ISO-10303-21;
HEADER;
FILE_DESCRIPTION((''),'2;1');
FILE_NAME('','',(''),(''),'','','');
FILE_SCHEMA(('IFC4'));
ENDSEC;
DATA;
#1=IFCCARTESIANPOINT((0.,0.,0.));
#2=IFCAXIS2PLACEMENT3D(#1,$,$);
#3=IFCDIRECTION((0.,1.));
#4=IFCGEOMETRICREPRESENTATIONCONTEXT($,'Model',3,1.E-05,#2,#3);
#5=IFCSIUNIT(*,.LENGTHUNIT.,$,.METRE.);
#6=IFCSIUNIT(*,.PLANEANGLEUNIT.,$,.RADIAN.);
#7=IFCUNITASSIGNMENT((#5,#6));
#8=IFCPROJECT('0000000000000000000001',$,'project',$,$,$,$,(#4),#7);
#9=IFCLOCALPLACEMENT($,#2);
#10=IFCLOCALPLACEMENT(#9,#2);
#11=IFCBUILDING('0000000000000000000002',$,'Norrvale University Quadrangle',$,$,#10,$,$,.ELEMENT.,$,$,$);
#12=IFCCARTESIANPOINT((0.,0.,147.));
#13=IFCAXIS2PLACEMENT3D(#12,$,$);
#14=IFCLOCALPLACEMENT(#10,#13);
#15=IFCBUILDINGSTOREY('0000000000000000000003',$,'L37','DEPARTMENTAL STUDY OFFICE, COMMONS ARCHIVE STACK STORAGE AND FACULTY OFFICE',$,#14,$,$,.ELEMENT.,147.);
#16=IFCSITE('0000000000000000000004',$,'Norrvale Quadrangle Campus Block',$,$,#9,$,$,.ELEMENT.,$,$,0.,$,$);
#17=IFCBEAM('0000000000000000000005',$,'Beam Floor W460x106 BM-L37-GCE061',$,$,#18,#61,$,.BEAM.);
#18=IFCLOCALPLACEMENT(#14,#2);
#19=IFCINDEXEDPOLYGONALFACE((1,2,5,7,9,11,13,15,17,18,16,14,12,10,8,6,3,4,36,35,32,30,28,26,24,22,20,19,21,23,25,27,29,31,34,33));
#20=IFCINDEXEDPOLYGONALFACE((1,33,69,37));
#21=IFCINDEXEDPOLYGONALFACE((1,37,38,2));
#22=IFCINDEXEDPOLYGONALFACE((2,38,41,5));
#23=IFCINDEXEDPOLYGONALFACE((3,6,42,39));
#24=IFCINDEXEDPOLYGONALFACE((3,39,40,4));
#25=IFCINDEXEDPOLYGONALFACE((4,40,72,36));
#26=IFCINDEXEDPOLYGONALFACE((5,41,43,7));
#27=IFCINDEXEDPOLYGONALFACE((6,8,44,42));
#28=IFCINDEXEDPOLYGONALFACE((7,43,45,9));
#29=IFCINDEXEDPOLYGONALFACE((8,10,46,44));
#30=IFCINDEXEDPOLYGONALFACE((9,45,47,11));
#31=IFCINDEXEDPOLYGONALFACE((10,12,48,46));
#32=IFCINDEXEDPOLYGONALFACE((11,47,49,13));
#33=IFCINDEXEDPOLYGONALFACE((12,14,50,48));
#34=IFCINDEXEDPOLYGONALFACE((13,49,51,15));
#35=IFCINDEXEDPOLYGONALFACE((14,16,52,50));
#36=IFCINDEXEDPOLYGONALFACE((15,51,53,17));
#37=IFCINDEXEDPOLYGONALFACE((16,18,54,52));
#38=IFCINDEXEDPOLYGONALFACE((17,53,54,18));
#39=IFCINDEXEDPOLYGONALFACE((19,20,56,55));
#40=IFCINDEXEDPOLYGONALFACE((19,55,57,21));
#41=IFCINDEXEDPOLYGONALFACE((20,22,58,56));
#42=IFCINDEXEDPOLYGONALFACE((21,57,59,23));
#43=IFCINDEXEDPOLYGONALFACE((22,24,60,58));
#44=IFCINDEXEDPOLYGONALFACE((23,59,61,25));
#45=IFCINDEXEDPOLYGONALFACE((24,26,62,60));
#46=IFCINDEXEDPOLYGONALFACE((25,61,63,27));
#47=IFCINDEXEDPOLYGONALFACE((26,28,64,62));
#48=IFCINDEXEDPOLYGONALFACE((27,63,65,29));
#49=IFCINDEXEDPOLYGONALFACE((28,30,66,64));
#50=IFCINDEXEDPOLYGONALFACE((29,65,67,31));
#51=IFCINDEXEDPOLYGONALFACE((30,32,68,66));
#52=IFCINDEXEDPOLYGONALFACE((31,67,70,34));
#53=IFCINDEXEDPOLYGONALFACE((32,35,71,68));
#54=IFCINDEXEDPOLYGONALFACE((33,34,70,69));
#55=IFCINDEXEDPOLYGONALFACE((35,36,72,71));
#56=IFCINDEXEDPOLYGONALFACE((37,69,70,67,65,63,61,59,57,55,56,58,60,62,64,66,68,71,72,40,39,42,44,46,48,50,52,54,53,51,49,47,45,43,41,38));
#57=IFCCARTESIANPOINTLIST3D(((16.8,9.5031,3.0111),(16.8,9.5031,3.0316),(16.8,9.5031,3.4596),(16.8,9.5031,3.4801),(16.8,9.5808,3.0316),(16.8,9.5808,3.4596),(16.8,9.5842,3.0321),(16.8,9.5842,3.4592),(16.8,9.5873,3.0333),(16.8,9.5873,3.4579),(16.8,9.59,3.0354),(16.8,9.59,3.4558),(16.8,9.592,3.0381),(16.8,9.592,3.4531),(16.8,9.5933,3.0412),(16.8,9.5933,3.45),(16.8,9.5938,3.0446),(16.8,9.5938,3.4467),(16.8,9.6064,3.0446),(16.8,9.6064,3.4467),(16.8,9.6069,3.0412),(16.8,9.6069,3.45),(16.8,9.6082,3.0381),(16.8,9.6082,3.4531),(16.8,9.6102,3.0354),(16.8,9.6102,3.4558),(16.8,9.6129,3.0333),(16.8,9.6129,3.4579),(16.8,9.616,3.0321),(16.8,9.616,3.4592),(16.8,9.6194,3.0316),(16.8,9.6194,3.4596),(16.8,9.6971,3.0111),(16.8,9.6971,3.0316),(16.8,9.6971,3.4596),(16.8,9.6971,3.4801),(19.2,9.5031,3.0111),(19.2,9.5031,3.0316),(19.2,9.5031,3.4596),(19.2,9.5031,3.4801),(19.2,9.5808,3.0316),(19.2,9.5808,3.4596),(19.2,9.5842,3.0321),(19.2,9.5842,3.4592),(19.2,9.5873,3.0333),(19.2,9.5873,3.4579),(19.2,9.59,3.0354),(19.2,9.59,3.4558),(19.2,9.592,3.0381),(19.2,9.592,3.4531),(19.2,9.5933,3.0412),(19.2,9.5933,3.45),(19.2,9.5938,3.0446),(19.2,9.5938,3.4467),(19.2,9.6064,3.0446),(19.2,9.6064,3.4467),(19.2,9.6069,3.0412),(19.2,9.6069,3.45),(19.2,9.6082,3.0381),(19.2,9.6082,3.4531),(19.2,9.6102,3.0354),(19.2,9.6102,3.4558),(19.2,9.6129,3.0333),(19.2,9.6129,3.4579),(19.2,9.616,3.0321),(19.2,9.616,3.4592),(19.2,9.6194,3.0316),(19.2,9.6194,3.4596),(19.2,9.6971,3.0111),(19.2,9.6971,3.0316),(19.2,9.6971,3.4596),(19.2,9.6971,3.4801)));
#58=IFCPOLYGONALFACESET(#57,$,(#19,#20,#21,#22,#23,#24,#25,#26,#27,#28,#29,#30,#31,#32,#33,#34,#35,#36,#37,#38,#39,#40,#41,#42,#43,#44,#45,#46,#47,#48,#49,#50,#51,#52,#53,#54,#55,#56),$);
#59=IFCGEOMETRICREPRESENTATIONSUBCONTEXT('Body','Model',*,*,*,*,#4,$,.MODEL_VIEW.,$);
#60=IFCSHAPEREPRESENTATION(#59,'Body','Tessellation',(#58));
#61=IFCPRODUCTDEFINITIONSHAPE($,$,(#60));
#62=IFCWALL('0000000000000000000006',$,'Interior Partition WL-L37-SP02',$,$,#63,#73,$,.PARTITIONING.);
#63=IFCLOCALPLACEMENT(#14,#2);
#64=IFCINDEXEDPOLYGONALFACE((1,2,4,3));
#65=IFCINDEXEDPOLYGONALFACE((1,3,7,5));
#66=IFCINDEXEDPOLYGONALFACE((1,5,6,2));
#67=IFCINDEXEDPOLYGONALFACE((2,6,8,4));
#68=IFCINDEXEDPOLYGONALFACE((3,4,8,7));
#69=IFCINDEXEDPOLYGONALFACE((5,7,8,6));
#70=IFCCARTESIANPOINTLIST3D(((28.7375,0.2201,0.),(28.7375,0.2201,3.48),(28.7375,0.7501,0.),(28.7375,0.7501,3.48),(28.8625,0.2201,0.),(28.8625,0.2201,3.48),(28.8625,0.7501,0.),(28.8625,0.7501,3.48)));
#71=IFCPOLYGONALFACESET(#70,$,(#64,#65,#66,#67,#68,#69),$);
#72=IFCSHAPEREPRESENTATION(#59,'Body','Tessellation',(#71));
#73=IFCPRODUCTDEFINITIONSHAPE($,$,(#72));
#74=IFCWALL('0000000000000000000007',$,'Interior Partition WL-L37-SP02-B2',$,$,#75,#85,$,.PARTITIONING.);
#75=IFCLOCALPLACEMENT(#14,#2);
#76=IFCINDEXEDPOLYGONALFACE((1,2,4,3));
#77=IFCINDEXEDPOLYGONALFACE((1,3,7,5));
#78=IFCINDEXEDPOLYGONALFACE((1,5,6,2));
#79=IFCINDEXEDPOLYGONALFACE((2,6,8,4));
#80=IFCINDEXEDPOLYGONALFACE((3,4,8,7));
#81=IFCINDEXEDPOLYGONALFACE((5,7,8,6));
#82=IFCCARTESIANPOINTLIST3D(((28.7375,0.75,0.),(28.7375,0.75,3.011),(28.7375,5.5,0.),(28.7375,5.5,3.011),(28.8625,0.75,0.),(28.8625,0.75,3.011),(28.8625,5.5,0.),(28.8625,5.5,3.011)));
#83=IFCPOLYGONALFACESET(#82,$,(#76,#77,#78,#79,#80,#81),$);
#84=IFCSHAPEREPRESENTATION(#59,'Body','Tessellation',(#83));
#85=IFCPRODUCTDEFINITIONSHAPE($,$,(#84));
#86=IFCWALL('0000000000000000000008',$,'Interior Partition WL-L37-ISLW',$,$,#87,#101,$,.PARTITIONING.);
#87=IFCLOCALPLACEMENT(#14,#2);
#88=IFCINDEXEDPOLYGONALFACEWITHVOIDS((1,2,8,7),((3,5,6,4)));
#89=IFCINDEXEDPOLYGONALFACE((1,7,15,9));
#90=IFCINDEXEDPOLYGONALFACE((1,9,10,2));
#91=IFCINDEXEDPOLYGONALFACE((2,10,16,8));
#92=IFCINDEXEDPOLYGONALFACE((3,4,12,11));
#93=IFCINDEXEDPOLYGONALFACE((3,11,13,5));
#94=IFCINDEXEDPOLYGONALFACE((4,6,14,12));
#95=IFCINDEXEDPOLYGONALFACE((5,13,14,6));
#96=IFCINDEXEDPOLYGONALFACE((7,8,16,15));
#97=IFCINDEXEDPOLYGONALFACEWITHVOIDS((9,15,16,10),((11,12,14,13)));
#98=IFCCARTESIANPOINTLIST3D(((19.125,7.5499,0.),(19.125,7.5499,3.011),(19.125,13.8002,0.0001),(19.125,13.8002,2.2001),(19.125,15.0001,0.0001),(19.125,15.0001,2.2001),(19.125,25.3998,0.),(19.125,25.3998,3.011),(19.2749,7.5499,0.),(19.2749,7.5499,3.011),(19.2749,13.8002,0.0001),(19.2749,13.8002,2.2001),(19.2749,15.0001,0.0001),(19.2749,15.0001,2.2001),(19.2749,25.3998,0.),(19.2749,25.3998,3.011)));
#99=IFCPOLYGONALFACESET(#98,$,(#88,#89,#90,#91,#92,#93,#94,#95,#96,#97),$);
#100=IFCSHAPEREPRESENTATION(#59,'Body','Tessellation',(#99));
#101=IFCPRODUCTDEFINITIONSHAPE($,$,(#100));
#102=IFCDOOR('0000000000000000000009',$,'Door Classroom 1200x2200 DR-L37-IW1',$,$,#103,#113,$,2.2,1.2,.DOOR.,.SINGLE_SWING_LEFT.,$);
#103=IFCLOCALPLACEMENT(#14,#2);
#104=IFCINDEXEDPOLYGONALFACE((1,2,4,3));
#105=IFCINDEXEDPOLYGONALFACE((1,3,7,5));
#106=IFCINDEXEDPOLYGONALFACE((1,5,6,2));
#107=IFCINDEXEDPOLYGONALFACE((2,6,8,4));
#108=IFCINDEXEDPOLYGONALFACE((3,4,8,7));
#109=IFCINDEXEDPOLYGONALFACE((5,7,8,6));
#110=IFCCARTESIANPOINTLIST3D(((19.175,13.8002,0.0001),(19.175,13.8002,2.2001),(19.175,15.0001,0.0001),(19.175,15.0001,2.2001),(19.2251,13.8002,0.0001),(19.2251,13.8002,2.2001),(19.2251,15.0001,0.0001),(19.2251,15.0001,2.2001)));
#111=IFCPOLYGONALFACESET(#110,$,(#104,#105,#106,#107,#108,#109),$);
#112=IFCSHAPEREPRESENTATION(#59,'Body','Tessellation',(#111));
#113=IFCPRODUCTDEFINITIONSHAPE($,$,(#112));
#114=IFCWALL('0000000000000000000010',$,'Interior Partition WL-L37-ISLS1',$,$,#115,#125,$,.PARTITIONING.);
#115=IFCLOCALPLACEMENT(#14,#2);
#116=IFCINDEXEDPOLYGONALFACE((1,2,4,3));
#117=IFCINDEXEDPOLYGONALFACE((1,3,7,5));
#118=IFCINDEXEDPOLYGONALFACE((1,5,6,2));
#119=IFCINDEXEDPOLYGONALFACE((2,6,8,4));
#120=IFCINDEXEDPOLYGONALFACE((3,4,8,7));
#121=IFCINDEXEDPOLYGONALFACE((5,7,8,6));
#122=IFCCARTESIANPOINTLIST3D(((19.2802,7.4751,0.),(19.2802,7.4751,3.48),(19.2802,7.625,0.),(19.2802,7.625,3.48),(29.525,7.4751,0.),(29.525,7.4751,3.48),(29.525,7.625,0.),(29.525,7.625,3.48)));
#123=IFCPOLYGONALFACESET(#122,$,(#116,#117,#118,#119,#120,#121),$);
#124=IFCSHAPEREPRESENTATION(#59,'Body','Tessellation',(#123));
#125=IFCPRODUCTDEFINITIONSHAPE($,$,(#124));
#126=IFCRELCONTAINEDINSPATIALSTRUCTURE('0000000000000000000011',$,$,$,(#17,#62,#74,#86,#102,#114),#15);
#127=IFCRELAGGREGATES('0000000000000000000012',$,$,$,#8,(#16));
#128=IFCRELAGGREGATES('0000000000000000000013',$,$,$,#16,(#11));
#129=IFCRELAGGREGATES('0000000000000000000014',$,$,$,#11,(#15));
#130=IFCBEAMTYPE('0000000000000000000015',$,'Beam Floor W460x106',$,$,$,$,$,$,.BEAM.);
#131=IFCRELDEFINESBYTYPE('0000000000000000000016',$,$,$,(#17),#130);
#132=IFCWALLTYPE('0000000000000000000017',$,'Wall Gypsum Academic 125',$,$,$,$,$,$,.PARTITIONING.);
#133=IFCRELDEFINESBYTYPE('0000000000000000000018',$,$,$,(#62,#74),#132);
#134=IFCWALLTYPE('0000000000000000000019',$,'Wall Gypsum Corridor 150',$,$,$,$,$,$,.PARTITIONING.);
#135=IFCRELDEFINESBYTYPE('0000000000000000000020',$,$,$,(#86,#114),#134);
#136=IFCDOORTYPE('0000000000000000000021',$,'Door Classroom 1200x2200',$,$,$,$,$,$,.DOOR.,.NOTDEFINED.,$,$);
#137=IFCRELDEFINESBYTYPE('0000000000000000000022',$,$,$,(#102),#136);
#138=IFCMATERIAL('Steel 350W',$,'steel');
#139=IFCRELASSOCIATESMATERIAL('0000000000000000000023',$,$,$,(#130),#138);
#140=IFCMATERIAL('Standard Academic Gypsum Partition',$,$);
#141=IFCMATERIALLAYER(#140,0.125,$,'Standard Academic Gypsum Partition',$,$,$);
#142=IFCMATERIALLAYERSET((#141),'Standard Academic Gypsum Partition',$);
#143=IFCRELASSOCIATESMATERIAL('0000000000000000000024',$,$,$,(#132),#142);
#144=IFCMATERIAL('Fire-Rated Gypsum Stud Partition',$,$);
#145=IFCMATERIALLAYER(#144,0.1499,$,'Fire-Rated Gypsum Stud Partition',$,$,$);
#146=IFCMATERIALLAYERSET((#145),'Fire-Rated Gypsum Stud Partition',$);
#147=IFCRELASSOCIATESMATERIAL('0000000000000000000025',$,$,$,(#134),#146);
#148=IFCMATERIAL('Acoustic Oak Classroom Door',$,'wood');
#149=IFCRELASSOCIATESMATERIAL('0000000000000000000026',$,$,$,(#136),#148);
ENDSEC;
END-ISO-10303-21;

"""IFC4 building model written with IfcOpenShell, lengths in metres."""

from ifc_helpers import new_model, si_unit, direction, frame, frame_2d, origin, origin_2d, place, context, subcontext, project, spatial, rectangle, i_section, extrude, material, layer, layer_set, material_profile, profile_set, type_object, element, fill, save


model = new_model("IFC4")

# Units and contexts
model_context = context("Model", 3, precision=1e-05, world=origin(), true_north=direction((0.0, 1.0)))
body_context = subcontext(model_context, "Body", "Model", "MODEL_VIEW")
ifc_project = project(units=[si_unit("LENGTHUNIT", "METRE"), si_unit("PLANEANGLEUNIT", "RADIAN")], contexts=[model_context])

# Site, building, storey
site_placement = place(None, origin())
site = spatial("IfcSite", under=ifc_project, at=site_placement, Name="Norrvale Quadrangle Campus Block", CompositionType="ELEMENT", RefElevation=0.0)
building_placement = place(site_placement, origin())
building = spatial("IfcBuilding", under=site, at=building_placement, Name="Norrvale University Quadrangle", CompositionType="ELEMENT")
storey_placement = place(building_placement, frame((0.0, 0.0, 147.0)))
storey = spatial("IfcBuildingStorey", under=building, at=storey_placement, Name="L37", Description="DEPARTMENTAL STUDY OFFICE, COMMONS ARCHIVE STACK STORAGE AND FACULTY OFFICE", CompositionType="ELEMENT", Elevation=147.0)

# Beam
ifc_material_1 = material(Name="Steel 350W", Category="steel")
ifc_material_profile_1 = material_profile(ifc_material_1, i_section(OverallWidth=0.1941, OverallDepth=0.469, WebThickness=0.0127, FlangeThickness=0.0205, FilletRadius=0.0129, at=origin_2d()), Name="Steel 350W")
ifc_profile_set_1 = profile_set([ifc_material_profile_1], Name="Steel 350W")
beam_type_1 = type_object("IfcBeamType", Name="Beam Floor W460x106", PredefinedType="BEAM", material=ifc_profile_set_1)
beam_1_placement = place(storey_placement, frame((16.8, 9.6001, 3.2456), z_axis=(1.0, 0.0, 0.0), x_axis=(0.0, 1.0, 0.0)))
element("IfcBeam", 1, at=beam_1_placement, inside=storey, type_object=beam_type_1, Name="Beam Floor W460x106 BM-L37-GCE061", PredefinedType="BEAM", context=body_context, shape_type="SweptSolid", body=[
    extrude(i_section(OverallWidth=0.1941, OverallDepth=0.469, WebThickness=0.0127, FlangeThickness=0.0205, FilletRadius=0.0129, at=origin_2d()), origin(), (0.0, 0.0, 1.0), 2.3999),
])

# Walls
ifc_material_2 = material(Name="Standard Academic Gypsum Partition")
ifc_layer_1 = layer(ifc_material_2, 0.125, Name="Standard Academic Gypsum Partition")
ifc_layer_set_1 = layer_set([ifc_layer_1], Name="Standard Academic Gypsum Partition")
wall_type_1 = type_object("IfcWallType", Name="Wall Gypsum Academic 125", PredefinedType="PARTITIONING", material=ifc_layer_set_1)
wall_1_placement = place(storey_placement, frame((28.8, 0.22, 0.0), z_axis=(0.0, 0.0, 1.0), x_axis=(0.0, 1.0, 0.0)))
element("IfcWall", 2, at=wall_1_placement, inside=storey, type_object=wall_type_1, Name="Interior Partition WL-L37-SP02", PredefinedType="PARTITIONING", context=body_context, shape_type="SweptSolid", body=[
    extrude(rectangle(XDim=0.53, YDim=0.125, at=frame_2d((0.2651, 0.0))), origin(), (0.0, 0.0, 1.0), 3.48),
])
wall_2_placement = place(storey_placement, frame((28.8, 0.75, 0.0), z_axis=(0.0, 0.0, 1.0), x_axis=(0.0, 1.0, 0.0)))
element("IfcWall", 3, at=wall_2_placement, inside=storey, type_object=wall_type_1, Name="Interior Partition WL-L37-SP02-B2", PredefinedType="PARTITIONING", context=body_context, shape_type="SweptSolid", body=[
    extrude(rectangle(XDim=4.75, YDim=0.125, at=frame_2d((2.375, 0.0))), origin(), (0.0, 0.0, 1.0), 3.011),
])

# Wall, opening, door
ifc_material_3 = material(Name="Fire-Rated Gypsum Stud Partition")
ifc_layer_2 = layer(ifc_material_3, 0.1499, Name="Fire-Rated Gypsum Stud Partition")
ifc_layer_set_2 = layer_set([ifc_layer_2], Name="Fire-Rated Gypsum Stud Partition")
wall_type_2 = type_object("IfcWallType", Name="Wall Gypsum Corridor 150", PredefinedType="PARTITIONING", material=ifc_layer_set_2)
wall_3_placement = place(storey_placement, frame((19.2, 7.55, 0.0), z_axis=(0.0, 0.0, 1.0), x_axis=(0.0, 1.0, 0.0)))
wall_3 = element("IfcWall", 4, at=wall_3_placement, inside=storey, type_object=wall_type_2, Name="Interior Partition WL-L37-ISLW", PredefinedType="PARTITIONING", context=body_context, shape_type="SweptSolid", body=[
    extrude(rectangle(XDim=17.8499, YDim=0.1499, at=frame_2d((8.9248, 0.0))), origin(), (0.0, 0.0, 1.0), 3.011),
])
opening_placement = place(wall_3_placement, frame((6.25, 0.0, 0.0)))
opening = element("IfcOpeningElement", 5, at=opening_placement, cuts=wall_3, PredefinedType="OPENING", context=body_context, shape_type="SweptSolid", body=[
    extrude(rectangle(XDim=1.2, YDim=2.2, at=frame_2d((0.6001, 1.1001))), frame((0.0, 0.0869, 0.0), z_axis=(0.0, -1.0, 0.0), x_axis=(1.0, 0.0, 0.0)), (0.0, 0.0, 1.0), 0.1738),
])
ifc_material_4 = material(Name="Acoustic Oak Classroom Door", Category="wood")
door_type = type_object("IfcDoorType", Name="Door Classroom 1200x2200", OperationType="NOTDEFINED", PredefinedType="DOOR", material=ifc_material_4)
door_placement = place(opening_placement, origin())
door = element("IfcDoor", 6, at=door_placement, inside=storey, type_object=door_type, Name="Door Classroom 1200x2200 DR-L37-IW1", OperationType="SINGLE_SWING_LEFT", OverallHeight=2.2, OverallWidth=1.2, PredefinedType="DOOR", context=body_context, shape_type="SweptSolid", body=[
    extrude(rectangle(XDim=1.2, YDim=2.2, at=frame_2d((0.6001, 1.1001))), frame((0.0, 0.0249, 0.0), z_axis=(0.0, -1.0, 0.0), x_axis=(1.0, 0.0, 0.0)), (0.0, 0.0, 1.0), 0.05),
])
fill(opening, door)

# Wall
wall_4_placement = place(storey_placement, frame((19.28, 7.55, 0.0), z_axis=(0.0, 0.0, 1.0), x_axis=(1.0, 0.0, 0.0)))
element("IfcWall", 7, at=wall_4_placement, inside=storey, type_object=wall_type_2, Name="Interior Partition WL-L37-ISLS1", PredefinedType="PARTITIONING", context=body_context, shape_type="SweptSolid", body=[
    extrude(rectangle(XDim=10.2449, YDim=0.1499, at=frame_2d((5.1226, 0.0))), origin(), (0.0, 0.0, 1.0), 3.48),
])

save(model, "model.ifc")
